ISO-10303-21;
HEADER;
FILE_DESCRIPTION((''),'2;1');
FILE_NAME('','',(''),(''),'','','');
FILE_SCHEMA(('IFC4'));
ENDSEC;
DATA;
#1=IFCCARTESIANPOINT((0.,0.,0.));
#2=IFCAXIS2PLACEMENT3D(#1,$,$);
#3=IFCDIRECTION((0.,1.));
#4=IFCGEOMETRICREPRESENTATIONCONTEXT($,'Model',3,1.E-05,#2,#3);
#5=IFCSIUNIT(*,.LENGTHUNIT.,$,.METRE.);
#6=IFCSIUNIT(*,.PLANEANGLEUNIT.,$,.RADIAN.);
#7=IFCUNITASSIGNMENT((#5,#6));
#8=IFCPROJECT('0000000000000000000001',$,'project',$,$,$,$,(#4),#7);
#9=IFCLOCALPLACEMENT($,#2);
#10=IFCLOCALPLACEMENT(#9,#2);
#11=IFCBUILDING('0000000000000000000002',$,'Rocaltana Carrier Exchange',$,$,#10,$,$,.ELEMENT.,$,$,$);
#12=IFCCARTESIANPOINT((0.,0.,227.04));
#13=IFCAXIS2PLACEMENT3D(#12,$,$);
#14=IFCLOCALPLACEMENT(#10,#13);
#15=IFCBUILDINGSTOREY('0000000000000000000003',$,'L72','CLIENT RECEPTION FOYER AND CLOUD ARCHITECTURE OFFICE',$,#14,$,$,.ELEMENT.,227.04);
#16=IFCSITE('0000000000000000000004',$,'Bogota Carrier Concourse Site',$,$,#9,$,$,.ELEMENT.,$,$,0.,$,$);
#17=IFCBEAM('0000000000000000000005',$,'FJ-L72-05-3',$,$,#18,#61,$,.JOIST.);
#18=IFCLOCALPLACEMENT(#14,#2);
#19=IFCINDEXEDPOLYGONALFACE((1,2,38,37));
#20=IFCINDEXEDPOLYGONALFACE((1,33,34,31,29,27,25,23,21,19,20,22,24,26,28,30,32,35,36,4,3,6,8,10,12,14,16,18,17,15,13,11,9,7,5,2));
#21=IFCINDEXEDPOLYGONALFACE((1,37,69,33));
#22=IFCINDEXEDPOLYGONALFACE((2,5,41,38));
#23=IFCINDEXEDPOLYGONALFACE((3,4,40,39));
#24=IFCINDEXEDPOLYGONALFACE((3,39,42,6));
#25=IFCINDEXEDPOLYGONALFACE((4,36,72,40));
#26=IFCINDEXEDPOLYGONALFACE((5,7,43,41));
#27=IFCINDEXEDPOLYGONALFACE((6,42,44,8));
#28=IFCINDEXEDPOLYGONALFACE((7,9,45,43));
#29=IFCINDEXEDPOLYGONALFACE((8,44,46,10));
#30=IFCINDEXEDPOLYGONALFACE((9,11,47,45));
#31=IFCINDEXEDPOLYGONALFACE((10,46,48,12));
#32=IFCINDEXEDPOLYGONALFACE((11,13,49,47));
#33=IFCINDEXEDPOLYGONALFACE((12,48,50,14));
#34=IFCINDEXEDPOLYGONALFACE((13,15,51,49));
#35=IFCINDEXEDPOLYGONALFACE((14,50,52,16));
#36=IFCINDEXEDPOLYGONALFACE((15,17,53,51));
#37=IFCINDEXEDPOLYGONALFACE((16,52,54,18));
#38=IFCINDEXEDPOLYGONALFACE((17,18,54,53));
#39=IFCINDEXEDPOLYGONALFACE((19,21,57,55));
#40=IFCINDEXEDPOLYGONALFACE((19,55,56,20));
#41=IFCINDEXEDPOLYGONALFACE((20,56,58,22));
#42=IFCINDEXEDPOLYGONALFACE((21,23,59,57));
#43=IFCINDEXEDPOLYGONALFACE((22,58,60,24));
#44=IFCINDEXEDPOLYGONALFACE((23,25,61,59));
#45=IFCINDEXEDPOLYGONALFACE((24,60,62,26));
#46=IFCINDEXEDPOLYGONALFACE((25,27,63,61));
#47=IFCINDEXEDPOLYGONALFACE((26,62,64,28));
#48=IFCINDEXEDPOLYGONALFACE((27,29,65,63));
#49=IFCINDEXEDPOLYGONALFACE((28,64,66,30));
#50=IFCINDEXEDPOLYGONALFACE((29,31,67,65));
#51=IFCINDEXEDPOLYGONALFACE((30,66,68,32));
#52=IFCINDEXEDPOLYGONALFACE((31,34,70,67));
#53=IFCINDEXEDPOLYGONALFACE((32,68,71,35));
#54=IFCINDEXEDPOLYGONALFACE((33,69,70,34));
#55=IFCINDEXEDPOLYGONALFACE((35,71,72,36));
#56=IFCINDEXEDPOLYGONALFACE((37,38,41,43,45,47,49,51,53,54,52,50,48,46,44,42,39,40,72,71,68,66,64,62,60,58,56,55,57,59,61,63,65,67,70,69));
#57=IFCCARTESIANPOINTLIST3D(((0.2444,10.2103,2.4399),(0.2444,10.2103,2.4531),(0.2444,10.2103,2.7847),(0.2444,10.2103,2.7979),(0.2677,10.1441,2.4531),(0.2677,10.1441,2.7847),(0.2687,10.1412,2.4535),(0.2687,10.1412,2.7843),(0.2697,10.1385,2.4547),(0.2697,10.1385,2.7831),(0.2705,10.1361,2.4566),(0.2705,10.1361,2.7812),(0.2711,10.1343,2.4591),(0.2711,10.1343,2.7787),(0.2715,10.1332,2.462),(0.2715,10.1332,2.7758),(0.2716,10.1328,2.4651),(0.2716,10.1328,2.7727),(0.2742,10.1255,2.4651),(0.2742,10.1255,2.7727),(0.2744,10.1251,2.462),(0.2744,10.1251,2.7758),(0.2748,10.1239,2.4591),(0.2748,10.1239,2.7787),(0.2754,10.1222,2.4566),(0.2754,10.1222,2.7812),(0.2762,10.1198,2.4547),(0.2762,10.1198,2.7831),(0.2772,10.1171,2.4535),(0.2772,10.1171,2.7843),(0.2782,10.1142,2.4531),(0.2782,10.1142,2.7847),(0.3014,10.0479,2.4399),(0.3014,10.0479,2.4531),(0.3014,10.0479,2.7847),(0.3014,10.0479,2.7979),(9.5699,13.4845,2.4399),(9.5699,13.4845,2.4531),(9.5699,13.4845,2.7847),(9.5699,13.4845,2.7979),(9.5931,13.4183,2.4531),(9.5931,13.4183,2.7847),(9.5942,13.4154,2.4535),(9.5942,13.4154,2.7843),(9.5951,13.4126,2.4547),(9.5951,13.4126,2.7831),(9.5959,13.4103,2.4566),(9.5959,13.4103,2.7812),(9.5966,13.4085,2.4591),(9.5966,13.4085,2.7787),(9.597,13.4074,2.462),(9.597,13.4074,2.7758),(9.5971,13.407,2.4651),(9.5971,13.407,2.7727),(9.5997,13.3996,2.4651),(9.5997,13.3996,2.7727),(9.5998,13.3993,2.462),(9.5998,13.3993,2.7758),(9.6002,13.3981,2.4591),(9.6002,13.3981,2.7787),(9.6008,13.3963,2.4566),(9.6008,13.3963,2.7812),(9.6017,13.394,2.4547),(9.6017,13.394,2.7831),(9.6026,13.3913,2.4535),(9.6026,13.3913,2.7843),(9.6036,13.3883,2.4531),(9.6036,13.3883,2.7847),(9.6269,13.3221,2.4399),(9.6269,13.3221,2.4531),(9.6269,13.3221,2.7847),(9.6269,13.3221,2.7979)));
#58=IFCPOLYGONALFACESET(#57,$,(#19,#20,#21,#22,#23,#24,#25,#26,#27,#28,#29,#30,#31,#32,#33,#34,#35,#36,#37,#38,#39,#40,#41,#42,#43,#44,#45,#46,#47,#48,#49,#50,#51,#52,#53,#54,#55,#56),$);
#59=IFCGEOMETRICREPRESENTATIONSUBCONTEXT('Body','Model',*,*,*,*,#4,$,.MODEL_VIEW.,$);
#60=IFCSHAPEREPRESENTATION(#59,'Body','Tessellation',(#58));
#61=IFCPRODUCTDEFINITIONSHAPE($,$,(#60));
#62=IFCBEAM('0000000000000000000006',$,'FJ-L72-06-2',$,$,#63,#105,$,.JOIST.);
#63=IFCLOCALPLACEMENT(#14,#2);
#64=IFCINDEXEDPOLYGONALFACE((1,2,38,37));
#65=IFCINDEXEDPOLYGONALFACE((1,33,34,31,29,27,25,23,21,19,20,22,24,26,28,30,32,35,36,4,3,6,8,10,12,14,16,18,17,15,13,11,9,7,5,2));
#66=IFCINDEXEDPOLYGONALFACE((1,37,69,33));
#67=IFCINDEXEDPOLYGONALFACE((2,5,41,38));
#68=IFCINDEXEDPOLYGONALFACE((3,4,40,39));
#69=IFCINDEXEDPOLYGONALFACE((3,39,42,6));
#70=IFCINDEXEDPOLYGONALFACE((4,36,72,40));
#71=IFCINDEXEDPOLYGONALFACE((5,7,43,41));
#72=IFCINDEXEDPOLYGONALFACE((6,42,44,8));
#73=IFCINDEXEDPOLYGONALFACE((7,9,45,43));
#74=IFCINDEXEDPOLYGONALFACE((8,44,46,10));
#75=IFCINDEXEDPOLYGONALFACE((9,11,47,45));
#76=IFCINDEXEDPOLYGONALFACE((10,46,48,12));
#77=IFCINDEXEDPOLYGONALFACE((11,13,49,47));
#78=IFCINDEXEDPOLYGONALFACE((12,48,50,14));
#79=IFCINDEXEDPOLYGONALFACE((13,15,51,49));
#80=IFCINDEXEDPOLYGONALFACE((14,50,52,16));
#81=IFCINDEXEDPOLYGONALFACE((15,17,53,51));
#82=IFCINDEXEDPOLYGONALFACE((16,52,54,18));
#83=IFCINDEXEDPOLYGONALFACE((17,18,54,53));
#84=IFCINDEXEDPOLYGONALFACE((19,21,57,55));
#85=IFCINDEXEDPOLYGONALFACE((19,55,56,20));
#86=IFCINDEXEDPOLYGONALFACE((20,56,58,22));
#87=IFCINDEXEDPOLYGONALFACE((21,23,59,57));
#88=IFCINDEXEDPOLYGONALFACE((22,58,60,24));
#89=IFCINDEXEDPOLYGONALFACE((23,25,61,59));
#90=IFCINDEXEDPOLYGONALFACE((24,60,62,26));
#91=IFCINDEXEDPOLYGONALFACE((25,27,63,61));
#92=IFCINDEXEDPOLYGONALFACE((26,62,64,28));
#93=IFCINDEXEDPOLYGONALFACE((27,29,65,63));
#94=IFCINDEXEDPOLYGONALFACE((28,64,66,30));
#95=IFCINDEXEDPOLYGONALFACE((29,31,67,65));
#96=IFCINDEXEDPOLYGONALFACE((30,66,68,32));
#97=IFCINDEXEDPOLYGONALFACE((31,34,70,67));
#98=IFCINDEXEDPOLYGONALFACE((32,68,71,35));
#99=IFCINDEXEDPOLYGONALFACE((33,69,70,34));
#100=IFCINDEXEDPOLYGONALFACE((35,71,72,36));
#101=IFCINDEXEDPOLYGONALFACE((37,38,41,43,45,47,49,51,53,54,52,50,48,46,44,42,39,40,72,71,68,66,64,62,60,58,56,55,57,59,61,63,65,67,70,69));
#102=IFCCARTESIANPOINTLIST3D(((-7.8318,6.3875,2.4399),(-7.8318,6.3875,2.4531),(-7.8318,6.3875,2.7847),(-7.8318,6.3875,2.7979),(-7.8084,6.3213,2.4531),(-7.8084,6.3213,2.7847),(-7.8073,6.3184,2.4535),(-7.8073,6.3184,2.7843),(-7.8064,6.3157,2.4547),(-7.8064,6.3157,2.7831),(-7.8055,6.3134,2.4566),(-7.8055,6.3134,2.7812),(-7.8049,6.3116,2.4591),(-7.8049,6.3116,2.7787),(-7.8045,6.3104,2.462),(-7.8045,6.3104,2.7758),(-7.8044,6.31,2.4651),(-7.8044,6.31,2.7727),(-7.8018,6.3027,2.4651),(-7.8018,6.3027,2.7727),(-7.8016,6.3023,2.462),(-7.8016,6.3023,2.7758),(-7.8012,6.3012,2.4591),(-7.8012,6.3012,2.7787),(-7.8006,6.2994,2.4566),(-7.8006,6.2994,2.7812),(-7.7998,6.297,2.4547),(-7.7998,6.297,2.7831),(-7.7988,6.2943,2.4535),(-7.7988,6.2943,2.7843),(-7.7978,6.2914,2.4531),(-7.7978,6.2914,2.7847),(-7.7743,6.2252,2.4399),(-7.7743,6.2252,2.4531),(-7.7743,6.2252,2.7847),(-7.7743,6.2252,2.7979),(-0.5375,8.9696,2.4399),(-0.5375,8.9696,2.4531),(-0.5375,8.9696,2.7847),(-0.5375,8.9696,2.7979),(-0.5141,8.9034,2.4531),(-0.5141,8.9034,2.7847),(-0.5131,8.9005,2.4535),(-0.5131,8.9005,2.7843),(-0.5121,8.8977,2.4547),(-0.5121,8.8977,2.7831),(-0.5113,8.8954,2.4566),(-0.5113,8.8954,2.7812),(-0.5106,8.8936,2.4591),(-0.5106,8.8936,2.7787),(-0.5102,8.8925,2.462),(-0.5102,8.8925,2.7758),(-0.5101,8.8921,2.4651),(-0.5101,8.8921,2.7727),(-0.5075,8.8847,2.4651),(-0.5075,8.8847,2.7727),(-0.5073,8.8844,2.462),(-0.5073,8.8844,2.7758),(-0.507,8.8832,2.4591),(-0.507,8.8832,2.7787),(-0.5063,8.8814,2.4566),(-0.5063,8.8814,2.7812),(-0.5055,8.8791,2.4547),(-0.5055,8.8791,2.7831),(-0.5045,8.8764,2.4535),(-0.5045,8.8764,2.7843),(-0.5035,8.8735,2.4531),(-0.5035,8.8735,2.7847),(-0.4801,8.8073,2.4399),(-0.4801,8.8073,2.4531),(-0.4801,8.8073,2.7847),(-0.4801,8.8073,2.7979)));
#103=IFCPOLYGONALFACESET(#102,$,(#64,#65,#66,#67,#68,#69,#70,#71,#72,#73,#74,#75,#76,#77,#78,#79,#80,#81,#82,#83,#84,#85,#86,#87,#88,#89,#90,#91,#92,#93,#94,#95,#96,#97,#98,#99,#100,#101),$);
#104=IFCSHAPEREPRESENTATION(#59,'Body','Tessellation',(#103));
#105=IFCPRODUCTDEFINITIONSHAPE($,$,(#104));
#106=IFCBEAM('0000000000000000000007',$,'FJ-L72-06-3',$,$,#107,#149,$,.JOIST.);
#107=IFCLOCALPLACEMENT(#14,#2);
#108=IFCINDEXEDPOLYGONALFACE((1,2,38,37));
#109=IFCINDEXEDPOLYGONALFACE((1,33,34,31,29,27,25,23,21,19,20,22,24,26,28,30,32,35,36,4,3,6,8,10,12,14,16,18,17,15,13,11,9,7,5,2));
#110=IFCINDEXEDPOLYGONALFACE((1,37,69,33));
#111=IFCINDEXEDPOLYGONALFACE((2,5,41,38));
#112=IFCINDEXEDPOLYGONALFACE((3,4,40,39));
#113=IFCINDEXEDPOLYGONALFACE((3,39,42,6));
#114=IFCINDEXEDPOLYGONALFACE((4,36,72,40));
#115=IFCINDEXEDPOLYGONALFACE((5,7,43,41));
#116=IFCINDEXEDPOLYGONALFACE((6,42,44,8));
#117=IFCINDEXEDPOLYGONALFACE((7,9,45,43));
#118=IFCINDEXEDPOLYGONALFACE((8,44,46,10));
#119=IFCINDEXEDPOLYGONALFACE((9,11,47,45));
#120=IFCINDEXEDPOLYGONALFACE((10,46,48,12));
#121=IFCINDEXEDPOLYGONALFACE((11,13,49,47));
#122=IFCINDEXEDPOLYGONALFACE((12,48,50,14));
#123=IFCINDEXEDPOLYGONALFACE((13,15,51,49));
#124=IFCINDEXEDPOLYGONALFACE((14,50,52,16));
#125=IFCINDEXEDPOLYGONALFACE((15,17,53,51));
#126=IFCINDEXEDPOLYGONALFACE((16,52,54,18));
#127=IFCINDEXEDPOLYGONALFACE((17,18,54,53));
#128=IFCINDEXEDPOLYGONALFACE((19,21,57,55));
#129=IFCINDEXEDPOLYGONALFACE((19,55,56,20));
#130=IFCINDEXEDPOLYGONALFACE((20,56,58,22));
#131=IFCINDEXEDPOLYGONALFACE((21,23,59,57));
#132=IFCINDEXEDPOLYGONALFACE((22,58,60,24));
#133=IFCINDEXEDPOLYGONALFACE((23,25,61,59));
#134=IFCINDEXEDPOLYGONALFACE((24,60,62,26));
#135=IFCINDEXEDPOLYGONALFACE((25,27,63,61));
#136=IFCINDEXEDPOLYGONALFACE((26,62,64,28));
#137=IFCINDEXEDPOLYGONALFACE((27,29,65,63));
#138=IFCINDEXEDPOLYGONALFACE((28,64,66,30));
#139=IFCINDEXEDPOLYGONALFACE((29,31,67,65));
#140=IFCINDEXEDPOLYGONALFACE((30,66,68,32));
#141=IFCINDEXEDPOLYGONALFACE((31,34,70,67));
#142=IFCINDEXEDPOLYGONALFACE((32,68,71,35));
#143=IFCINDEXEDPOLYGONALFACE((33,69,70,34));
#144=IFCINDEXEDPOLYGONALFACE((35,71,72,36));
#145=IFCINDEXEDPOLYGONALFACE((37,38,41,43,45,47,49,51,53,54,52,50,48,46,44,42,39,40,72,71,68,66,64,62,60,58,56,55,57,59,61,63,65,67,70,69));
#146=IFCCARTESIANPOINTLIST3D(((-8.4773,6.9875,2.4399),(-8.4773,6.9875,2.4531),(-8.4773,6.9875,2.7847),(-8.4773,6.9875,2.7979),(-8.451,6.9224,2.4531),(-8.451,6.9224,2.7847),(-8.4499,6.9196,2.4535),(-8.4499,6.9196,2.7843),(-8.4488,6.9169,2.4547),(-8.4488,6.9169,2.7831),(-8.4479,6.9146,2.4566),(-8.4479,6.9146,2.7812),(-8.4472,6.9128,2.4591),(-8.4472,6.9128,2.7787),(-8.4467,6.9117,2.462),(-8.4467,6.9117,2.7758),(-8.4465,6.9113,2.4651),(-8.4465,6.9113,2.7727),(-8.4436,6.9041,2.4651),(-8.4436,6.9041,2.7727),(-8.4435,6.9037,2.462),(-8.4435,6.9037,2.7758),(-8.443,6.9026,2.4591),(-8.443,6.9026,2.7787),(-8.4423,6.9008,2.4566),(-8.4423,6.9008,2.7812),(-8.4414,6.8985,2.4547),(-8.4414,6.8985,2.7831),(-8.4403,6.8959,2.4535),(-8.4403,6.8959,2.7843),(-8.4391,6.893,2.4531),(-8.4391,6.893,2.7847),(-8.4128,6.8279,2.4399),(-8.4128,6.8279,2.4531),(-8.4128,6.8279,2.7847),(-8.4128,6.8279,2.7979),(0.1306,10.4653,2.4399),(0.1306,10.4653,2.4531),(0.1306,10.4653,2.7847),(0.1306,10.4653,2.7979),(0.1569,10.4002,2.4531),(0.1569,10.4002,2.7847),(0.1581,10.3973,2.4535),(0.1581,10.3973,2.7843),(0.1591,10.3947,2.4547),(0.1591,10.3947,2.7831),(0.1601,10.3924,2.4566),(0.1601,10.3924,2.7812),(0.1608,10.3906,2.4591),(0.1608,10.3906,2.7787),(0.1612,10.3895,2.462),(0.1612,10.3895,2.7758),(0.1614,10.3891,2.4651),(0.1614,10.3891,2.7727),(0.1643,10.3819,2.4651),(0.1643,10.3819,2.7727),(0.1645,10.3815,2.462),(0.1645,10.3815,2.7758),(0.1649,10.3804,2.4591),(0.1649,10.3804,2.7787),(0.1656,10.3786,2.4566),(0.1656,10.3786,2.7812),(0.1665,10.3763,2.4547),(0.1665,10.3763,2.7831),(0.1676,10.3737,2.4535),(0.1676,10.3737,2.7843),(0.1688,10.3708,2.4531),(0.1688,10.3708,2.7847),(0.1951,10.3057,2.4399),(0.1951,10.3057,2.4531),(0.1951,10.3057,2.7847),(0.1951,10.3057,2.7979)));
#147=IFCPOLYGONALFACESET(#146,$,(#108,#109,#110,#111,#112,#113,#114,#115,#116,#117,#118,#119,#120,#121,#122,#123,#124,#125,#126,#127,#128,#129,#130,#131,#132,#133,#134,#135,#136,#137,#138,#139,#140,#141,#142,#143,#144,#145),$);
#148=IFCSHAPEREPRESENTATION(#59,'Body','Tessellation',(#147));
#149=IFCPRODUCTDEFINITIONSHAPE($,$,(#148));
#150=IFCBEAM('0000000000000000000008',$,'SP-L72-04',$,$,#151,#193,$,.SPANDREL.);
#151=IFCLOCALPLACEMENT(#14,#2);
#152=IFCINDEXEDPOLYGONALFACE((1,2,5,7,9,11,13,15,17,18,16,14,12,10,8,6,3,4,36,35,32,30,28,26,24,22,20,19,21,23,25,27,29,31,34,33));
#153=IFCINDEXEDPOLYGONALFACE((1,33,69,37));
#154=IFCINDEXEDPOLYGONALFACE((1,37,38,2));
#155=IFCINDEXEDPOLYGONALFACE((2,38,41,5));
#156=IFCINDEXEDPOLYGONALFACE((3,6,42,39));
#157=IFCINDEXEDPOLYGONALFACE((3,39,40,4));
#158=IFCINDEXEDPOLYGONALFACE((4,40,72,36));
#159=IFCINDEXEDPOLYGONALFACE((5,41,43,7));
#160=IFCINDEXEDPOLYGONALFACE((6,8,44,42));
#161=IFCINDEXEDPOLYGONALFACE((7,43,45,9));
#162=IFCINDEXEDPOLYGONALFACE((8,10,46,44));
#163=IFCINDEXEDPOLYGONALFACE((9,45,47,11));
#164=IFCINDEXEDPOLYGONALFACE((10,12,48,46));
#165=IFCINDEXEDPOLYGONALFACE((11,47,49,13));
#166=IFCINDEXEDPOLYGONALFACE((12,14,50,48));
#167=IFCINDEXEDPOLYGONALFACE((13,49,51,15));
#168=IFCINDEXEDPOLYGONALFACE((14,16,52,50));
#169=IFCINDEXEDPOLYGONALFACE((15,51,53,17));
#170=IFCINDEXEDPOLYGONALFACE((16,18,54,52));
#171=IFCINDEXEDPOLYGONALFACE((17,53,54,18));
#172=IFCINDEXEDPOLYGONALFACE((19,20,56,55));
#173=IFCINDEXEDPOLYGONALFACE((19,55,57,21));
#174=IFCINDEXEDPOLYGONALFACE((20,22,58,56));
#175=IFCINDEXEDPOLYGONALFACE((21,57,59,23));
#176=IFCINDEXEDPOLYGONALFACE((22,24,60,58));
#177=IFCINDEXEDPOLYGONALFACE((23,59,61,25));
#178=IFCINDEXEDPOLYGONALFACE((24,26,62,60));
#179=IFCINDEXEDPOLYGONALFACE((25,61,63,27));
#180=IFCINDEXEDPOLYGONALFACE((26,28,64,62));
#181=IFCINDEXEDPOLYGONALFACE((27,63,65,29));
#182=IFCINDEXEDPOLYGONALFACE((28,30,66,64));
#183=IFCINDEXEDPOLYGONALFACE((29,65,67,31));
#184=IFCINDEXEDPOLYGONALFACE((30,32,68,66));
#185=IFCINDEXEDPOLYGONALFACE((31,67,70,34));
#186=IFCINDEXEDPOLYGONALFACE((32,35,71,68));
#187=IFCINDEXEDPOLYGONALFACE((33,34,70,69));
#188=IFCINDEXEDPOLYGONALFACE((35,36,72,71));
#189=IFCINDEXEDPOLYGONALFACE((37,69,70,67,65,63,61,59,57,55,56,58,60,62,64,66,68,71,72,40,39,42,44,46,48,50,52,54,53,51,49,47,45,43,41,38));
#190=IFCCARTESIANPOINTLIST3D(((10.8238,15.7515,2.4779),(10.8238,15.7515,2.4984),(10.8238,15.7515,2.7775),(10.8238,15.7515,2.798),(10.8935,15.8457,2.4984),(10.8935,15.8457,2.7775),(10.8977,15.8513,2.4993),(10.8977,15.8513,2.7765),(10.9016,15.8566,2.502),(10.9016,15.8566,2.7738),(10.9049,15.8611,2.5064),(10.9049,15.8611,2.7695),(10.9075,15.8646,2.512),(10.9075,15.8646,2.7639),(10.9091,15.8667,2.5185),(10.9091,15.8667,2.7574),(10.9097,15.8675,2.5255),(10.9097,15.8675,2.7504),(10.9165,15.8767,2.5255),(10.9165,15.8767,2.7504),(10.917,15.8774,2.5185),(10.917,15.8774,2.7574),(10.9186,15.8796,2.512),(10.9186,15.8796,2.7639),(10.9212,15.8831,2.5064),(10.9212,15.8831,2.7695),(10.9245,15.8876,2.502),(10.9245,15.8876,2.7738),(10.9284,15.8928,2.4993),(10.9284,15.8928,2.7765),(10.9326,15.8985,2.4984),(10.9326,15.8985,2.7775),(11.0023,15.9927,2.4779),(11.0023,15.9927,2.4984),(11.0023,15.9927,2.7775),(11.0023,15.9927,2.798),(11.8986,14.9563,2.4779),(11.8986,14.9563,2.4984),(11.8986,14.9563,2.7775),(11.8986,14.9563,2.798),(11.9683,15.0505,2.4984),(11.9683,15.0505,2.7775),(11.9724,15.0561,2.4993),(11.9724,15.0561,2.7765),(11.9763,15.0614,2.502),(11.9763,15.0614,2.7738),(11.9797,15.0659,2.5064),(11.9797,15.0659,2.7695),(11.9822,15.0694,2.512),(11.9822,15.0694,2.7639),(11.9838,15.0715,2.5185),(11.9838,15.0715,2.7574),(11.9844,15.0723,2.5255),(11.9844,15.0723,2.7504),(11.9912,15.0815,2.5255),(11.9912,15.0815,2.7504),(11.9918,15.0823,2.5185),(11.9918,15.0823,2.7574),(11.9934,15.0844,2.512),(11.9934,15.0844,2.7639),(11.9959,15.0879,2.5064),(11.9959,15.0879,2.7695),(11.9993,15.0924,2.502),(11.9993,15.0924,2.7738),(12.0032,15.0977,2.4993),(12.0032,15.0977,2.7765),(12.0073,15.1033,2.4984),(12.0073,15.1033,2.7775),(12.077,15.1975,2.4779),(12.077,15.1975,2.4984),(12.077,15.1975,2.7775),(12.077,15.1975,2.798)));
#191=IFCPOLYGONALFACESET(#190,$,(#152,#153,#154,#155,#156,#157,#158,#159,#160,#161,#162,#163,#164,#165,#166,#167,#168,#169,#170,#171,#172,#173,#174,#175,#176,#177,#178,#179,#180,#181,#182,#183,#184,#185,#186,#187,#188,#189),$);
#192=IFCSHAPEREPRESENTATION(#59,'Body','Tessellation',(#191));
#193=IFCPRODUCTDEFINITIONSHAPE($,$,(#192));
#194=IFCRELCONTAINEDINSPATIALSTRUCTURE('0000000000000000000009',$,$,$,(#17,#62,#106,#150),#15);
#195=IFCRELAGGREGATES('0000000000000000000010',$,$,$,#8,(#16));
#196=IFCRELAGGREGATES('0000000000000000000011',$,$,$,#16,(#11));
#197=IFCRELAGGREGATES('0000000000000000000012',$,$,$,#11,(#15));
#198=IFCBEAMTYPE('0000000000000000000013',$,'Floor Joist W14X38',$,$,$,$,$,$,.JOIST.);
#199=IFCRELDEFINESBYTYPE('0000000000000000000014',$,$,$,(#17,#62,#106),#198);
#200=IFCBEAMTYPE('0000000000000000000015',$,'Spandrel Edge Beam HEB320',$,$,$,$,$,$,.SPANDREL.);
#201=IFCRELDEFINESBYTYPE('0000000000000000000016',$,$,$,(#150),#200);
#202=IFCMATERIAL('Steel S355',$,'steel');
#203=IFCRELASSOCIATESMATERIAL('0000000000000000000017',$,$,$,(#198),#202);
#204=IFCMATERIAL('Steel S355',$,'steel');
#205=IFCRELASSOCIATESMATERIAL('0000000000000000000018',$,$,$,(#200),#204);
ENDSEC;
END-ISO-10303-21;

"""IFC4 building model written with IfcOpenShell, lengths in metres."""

from ifc_helpers import new_model, si_unit, direction, frame, origin, origin_2d, place, context, subcontext, project, spatial, i_section, extrude, material, material_profile, profile_set, type_object, element, save


model = new_model("IFC4")

# Units and contexts
model_context = context("Model", 3, precision=1e-05, world=origin(), true_north=direction((0.0, 1.0)))
body_context = subcontext(model_context, "Body", "Model", "MODEL_VIEW")
ifc_project = project(units=[si_unit("LENGTHUNIT", "METRE"), si_unit("PLANEANGLEUNIT", "RADIAN")], contexts=[model_context])

# Site, building, storey
site_placement = place(None, origin())
site = spatial("IfcSite", under=ifc_project, at=site_placement, Name="Bogota Carrier Concourse Site", CompositionType="ELEMENT", RefElevation=0.0)
building_placement = place(site_placement, origin())
building = spatial("IfcBuilding", under=site, at=building_placement, Name="Rocaltana Carrier Exchange", CompositionType="ELEMENT")
storey_placement = place(building_placement, frame((0.0, 0.0, 227.04)))
storey = spatial("IfcBuildingStorey", under=building, at=storey_placement, Name="L72", Description="CLIENT RECEPTION FOYER AND CLOUD ARCHITECTURE OFFICE", CompositionType="ELEMENT", Elevation=227.04)

# Beams
ifc_material_1 = material(Name="Steel S355", Category="steel")
ifc_material_profile_1 = material_profile(ifc_material_1, i_section(OverallWidth=0.1721, OverallDepth=0.3579, WebThickness=0.0078, FlangeThickness=0.0132, FilletRadius=0.012, at=origin_2d()), Name="W14X38")
ifc_profile_set_1 = profile_set([ifc_material_profile_1], Name="Steel S355")
beam_type_1 = type_object("IfcBeamType", Name="Floor Joist W14X38", PredefinedType="JOIST", material=ifc_profile_set_1)
beam_1_placement = place(storey_placement, frame((9.5984, 13.4033, 2.6189), z_axis=(-0.943534, -0.331276, 0.0), x_axis=(0.331276, -0.943534, 0.0)))
element("IfcBeam", 1, at=beam_1_placement, inside=storey, type_object=beam_type_1, Name="FJ-L72-05-3", PredefinedType="JOIST", context=body_context, shape_type="SweptSolid", body=[
    extrude(i_section(OverallWidth=0.1721, OverallDepth=0.3579, WebThickness=0.0078, FlangeThickness=0.0132, FilletRadius=0.012, at=origin_2d()), origin(), (0.0, 0.0, 1.0), 9.8835),
])
beam_2_placement = place(storey_placement, frame((-0.5088, 8.8884, 2.6189), z_axis=(-0.942681, -0.333695, 0.0), x_axis=(0.333695, -0.942681, 0.0)))
element("IfcBeam", 2, at=beam_2_placement, inside=storey, type_object=beam_type_1, Name="FJ-L72-06-2", PredefinedType="JOIST", context=body_context, shape_type="SweptSolid", body=[
    extrude(i_section(OverallWidth=0.1721, OverallDepth=0.3579, WebThickness=0.0078, FlangeThickness=0.0132, FilletRadius=0.012, at=origin_2d()), origin(), (0.0, 0.0, 1.0), 7.7378),
])
beam_3_placement = place(storey_placement, frame((0.1628, 10.3855, 2.6189), z_axis=(-0.927185, -0.374603, 0.0), x_axis=(0.374603, -0.927185, 0.0)))
element("IfcBeam", 3, at=beam_3_placement, inside=storey, type_object=beam_type_1, Name="FJ-L72-06-3", PredefinedType="JOIST", context=body_context, shape_type="SweptSolid", body=[
    extrude(i_section(OverallWidth=0.1721, OverallDepth=0.3579, WebThickness=0.0078, FlangeThickness=0.0132, FilletRadius=0.012, at=origin_2d()), origin(), (0.0, 0.0, 1.0), 9.2839),
])
ifc_material_2 = material(Name="Steel S355", Category="steel")
ifc_material_profile_2 = material_profile(ifc_material_2, i_section(OverallWidth=0.3, OverallDepth=0.3201, WebThickness=0.0115, FlangeThickness=0.0205, FilletRadius=0.0271, at=origin_2d()), Name="HEB320")
ifc_profile_set_2 = profile_set([ifc_material_profile_2], Name="Steel S355")
beam_type_2 = type_object("IfcBeamType", Name="Spandrel Edge Beam HEB320", PredefinedType="SPANDREL", material=ifc_profile_set_2)
beam_4_placement = place(storey_placement, frame((11.9878, 15.0769, 2.6379), z_axis=(-0.803884, 0.594786, 0.0), x_axis=(-0.594786, -0.803884, 0.0)))
element("IfcBeam", 4, at=beam_4_placement, inside=storey, type_object=beam_type_2, Name="SP-L72-04", PredefinedType="SPANDREL", context=body_context, shape_type="SweptSolid", body=[
    extrude(i_section(OverallWidth=0.3, OverallDepth=0.3201, WebThickness=0.0115, FlangeThickness=0.0205, FilletRadius=0.0271, at=origin_2d()), origin(), (0.0, 0.0, 1.0), 1.3369),
])

save(model, "model.ifc")
